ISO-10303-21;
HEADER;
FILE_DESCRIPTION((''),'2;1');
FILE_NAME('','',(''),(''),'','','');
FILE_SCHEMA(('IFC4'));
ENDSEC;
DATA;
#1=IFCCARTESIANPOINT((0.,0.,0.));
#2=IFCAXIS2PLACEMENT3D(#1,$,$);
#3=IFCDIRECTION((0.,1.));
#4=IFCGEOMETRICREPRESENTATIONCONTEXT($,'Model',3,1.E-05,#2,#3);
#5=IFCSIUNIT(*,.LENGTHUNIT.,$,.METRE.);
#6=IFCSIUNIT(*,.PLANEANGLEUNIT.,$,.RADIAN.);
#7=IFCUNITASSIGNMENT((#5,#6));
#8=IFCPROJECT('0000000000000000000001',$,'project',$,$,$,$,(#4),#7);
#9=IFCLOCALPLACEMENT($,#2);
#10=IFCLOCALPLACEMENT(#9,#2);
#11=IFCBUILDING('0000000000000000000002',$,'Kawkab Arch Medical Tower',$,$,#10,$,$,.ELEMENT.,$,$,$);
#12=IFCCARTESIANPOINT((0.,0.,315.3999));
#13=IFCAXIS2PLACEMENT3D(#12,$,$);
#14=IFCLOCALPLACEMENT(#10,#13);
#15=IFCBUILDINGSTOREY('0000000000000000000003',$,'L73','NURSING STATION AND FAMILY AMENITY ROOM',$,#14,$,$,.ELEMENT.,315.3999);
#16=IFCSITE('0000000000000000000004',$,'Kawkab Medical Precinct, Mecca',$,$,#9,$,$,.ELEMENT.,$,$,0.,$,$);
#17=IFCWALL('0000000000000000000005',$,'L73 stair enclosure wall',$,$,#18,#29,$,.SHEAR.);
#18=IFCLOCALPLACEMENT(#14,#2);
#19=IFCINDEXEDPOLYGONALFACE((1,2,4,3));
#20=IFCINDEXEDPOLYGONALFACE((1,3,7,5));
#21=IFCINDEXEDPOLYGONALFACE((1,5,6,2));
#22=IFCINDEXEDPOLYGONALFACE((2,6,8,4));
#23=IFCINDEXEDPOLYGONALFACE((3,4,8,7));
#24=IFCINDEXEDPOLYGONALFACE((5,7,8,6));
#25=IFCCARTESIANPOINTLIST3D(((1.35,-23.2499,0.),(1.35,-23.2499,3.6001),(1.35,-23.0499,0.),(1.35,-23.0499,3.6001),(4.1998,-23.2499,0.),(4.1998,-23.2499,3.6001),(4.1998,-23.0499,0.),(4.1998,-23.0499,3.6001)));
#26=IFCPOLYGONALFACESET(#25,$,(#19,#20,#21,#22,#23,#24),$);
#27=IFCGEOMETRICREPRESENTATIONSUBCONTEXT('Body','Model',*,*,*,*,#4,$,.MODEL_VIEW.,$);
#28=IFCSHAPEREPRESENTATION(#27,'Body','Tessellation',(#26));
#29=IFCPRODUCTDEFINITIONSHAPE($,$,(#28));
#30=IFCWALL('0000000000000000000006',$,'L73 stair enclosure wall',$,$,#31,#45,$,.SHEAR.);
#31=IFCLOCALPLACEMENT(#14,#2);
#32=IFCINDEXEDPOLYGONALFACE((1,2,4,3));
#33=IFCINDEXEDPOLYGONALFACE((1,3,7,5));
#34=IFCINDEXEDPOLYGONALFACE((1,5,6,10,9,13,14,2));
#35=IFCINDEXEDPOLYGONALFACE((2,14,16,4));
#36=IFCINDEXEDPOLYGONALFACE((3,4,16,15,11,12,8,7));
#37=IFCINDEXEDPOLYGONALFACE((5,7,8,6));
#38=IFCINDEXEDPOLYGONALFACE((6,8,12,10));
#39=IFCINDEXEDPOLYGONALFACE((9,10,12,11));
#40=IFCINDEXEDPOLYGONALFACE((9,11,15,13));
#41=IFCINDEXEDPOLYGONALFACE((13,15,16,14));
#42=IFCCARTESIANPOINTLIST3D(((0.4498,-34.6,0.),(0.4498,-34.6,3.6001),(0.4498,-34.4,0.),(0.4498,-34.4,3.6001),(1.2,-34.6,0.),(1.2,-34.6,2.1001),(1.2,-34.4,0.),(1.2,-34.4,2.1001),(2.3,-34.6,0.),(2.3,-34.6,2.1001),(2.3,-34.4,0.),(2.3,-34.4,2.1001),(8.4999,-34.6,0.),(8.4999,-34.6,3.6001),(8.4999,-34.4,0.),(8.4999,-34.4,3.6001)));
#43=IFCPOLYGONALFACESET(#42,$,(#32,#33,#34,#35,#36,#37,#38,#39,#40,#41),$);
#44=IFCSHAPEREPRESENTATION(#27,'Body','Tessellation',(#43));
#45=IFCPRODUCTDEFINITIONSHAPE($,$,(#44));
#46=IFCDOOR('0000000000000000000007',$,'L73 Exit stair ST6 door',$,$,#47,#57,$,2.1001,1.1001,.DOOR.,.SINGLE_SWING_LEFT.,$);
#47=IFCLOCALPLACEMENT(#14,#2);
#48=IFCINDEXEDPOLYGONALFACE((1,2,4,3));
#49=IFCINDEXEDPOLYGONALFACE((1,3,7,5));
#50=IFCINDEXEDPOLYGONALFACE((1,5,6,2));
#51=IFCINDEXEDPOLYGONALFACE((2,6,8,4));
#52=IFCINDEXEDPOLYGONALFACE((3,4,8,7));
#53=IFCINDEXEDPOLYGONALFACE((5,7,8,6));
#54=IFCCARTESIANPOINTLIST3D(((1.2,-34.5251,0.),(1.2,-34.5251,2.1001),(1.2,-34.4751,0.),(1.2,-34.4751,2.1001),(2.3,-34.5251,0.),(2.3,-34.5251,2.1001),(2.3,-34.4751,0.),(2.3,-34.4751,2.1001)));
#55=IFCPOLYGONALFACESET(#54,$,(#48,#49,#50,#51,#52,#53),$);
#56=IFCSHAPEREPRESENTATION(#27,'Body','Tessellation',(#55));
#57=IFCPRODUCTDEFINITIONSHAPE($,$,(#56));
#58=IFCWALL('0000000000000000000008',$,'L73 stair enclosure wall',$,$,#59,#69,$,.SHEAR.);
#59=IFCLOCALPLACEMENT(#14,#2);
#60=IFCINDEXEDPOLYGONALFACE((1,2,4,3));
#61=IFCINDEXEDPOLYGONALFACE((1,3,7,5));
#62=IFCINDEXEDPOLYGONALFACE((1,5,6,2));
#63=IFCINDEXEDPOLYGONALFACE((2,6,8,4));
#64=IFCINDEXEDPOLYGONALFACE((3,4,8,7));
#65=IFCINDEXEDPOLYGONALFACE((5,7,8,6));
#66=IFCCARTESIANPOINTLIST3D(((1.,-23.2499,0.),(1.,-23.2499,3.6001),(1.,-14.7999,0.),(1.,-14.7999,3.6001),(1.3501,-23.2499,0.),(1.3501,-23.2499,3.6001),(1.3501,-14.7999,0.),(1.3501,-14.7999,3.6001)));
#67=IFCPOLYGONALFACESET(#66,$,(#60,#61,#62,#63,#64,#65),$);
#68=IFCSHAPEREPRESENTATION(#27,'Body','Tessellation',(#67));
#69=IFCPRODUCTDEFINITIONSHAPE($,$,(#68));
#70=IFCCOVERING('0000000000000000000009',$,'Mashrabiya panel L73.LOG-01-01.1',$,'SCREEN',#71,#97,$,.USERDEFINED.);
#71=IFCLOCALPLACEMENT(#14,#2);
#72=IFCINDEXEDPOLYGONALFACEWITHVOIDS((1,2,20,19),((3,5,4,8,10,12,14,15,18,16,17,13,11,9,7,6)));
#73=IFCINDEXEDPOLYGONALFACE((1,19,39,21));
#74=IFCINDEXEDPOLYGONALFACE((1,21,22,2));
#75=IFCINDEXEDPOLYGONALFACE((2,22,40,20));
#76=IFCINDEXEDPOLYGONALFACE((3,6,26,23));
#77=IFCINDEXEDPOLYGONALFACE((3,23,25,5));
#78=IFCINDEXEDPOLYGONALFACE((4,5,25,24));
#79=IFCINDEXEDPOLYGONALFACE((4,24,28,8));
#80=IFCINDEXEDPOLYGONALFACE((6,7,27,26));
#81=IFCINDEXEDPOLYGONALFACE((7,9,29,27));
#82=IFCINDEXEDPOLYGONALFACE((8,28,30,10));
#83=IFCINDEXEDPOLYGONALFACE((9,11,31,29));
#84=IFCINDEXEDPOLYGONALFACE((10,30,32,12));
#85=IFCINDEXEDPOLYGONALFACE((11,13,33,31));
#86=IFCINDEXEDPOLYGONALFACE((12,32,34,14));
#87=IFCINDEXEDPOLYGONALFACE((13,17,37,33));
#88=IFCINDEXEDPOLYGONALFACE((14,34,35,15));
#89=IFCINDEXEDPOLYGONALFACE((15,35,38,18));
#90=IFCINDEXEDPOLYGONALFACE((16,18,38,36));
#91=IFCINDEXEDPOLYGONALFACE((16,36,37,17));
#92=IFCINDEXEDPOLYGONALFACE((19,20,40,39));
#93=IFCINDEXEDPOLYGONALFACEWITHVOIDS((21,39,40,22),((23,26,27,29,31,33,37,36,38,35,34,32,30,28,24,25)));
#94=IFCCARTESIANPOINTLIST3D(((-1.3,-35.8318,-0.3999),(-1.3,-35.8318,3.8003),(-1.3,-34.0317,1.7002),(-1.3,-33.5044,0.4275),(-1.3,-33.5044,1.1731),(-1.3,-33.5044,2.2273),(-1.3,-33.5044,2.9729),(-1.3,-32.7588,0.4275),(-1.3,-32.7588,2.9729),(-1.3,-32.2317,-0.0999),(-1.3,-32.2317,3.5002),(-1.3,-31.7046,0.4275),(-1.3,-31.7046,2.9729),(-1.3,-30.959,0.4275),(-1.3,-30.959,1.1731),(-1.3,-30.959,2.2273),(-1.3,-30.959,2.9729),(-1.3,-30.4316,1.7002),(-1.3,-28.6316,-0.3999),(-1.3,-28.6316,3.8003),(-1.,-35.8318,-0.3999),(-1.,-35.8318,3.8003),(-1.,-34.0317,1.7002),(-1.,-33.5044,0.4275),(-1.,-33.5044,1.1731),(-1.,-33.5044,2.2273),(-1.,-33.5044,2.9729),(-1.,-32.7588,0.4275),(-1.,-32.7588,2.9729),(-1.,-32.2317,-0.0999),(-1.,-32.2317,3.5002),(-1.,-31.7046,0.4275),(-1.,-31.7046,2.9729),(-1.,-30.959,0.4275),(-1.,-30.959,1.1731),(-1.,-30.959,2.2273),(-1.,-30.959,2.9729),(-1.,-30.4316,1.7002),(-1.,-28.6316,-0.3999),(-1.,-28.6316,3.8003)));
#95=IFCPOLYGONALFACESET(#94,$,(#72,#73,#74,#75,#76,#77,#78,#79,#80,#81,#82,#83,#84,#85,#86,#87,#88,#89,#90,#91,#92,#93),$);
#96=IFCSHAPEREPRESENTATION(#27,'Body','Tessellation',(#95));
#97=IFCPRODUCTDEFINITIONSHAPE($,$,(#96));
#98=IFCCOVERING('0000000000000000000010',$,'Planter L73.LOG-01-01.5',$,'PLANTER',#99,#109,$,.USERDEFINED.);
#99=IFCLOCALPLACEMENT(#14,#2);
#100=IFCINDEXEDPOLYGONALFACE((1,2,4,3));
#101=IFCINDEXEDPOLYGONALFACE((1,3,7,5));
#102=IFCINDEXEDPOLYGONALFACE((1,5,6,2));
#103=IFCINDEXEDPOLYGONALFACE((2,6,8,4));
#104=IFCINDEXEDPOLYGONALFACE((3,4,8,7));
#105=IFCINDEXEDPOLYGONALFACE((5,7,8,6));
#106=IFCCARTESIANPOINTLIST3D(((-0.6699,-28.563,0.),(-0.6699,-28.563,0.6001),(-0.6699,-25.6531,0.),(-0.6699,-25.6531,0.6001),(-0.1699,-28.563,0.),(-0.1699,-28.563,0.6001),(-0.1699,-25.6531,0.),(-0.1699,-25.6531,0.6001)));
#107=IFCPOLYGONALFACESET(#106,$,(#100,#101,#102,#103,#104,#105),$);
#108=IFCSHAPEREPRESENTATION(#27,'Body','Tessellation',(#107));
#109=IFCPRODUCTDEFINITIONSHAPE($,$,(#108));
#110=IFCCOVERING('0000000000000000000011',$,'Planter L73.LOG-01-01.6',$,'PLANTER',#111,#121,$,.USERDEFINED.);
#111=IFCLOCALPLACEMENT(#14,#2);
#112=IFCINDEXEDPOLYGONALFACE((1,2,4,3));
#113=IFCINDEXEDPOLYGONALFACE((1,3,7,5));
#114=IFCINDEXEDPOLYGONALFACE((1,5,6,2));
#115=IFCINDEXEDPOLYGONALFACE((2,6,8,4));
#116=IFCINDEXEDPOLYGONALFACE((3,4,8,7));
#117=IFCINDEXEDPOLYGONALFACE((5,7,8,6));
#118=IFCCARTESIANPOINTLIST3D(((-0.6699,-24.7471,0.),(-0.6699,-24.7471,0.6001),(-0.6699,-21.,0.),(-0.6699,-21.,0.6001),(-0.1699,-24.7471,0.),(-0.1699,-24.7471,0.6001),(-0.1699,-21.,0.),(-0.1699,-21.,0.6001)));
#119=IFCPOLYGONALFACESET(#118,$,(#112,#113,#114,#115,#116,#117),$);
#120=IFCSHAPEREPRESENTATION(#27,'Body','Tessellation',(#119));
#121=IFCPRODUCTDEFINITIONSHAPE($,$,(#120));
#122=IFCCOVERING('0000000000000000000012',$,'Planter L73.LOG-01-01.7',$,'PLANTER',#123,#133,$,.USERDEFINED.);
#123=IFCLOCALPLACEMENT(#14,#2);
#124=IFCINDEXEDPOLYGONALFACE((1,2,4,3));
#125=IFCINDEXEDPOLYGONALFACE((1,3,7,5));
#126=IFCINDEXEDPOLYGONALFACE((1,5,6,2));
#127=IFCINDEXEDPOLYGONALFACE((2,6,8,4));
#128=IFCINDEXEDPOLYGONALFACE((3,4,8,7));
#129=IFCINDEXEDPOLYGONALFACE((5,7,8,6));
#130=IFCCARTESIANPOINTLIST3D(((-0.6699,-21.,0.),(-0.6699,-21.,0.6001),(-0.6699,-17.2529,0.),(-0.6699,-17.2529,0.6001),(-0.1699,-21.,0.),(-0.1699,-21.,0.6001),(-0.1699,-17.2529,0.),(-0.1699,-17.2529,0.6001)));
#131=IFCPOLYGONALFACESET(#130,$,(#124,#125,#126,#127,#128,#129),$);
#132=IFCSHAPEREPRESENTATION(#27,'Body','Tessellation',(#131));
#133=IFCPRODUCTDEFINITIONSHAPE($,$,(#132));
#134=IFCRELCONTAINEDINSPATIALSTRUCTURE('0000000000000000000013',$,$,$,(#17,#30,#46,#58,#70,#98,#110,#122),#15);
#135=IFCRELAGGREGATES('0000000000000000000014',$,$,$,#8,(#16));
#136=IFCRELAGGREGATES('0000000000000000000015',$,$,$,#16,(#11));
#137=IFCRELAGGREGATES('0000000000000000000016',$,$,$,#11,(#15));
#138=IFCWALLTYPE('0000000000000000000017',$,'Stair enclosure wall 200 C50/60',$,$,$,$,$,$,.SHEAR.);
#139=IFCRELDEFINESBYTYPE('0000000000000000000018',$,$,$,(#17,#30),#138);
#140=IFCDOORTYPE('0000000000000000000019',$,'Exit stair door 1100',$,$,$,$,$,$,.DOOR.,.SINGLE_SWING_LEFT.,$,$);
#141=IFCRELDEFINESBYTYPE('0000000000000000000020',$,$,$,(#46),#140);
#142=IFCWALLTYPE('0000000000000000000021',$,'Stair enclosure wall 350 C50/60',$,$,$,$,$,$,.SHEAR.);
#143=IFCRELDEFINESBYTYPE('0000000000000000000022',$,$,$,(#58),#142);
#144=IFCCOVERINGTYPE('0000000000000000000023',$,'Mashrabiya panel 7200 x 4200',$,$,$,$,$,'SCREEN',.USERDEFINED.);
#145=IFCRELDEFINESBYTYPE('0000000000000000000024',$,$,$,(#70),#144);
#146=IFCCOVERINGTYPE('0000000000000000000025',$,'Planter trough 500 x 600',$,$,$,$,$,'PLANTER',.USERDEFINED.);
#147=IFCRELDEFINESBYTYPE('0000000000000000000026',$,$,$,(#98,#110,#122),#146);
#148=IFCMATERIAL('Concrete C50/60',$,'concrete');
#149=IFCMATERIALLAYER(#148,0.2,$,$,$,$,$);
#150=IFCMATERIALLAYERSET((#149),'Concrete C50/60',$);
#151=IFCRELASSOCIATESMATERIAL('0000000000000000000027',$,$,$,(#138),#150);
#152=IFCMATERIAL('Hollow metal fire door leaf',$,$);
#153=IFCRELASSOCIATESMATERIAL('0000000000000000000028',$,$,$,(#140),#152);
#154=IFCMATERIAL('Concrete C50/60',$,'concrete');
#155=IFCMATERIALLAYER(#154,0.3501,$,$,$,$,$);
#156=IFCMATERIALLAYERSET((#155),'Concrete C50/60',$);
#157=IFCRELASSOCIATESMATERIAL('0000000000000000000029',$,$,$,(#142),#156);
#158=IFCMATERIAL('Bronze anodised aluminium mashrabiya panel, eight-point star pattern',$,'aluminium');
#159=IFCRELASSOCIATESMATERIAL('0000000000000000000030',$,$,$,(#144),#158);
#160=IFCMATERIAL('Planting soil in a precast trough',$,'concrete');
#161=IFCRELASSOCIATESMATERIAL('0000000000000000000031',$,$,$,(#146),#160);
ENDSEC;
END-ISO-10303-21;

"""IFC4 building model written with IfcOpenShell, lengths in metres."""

from ifc_helpers import new_model, si_unit, direction, frame, frame_2d, origin, origin_2d, place, context, subcontext, project, spatial, polyline, rectangle, outline, extrude, material, layer, layer_set, material_profile, profile_set, type_object, element, fill, save


model = new_model("IFC4")

# Units and contexts
model_context = context("Model", 3, precision=1e-05, world=origin(), true_north=direction((0.0, 1.0)))
body_context = subcontext(model_context, "Body", "Model", "MODEL_VIEW")
ifc_project = project(units=[si_unit("LENGTHUNIT", "METRE"), si_unit("PLANEANGLEUNIT", "RADIAN")], contexts=[model_context])

# Site, building, storey
site_placement = place(None, origin())
site = spatial("IfcSite", under=ifc_project, at=site_placement, Name="Kawkab Medical Precinct, Mecca", CompositionType="ELEMENT", RefElevation=0.0)
building_placement = place(site_placement, origin())
building = spatial("IfcBuilding", under=site, at=building_placement, Name="Kawkab Arch Medical Tower", CompositionType="ELEMENT")
storey_placement = place(building_placement, frame((0.0, 0.0, 315.3999)))
storey = spatial("IfcBuildingStorey", under=building, at=storey_placement, Name="L73", Description="NURSING STATION AND FAMILY AMENITY ROOM", CompositionType="ELEMENT", Elevation=315.3999)

# Wall
ifc_material_1 = material(Name="Concrete C50/60", Category="concrete")
ifc_layer_1 = layer(ifc_material_1, 0.2)
ifc_layer_set_1 = layer_set([ifc_layer_1], Name="Concrete C50/60")
wall_type_1 = type_object("IfcWallType", Name="Stair enclosure wall 200 C50/60", PredefinedType="SHEAR", material=ifc_layer_set_1)
wall_1_placement = place(storey_placement, frame((1.3501, -23.1499, 0.0), z_axis=(0.0, 0.0, 1.0), x_axis=(1.0, 0.0, 0.0)))
element("IfcWall", 1, at=wall_1_placement, inside=storey, type_object=wall_type_1, Name="L73 stair enclosure wall", PredefinedType="SHEAR", context=body_context, shape_type="SweptSolid", body=[
    extrude(rectangle(XDim=2.8499, YDim=0.2, at=frame_2d((1.4248, 0.0))), origin(), (0.0, 0.0, 1.0), 3.6001),
])

# Wall, opening, door
wall_2_placement = place(storey_placement, frame((0.45, -34.5, 0.0), z_axis=(0.0, 0.0, 1.0), x_axis=(1.0, 0.0, 0.0)))
wall_2 = element("IfcWall", 2, at=wall_2_placement, inside=storey, type_object=wall_type_1, Name="L73 stair enclosure wall", PredefinedType="SHEAR", context=body_context, shape_type="SweptSolid", body=[
    extrude(rectangle(XDim=8.05, YDim=0.2, at=frame_2d((4.0249, 0.0))), origin(), (0.0, 0.0, 1.0), 3.6001),
])
opening_1_placement = place(wall_2_placement, frame((0.75, 0.0, 0.0)))
opening_1 = element("IfcOpeningElement", 3, at=opening_1_placement, cuts=wall_2, PredefinedType="OPENING", context=body_context, shape_type="SweptSolid", body=[
    extrude(rectangle(XDim=1.1001, YDim=2.1001, at=frame_2d((0.55, 1.05))), frame((0.0, 0.1099, 0.0), z_axis=(0.0, -1.0, 0.0), x_axis=(1.0, 0.0, 0.0)), (0.0, 0.0, 1.0), 0.22),
])
ifc_material_2 = material(Name="Hollow metal fire door leaf")
door_type_1 = type_object("IfcDoorType", Name="Exit stair door 1100", OperationType="SINGLE_SWING_LEFT", PredefinedType="DOOR", material=ifc_material_2)
door_1_placement = place(opening_1_placement, origin())
door_1 = element("IfcDoor", 4, at=door_1_placement, inside=storey, type_object=door_type_1, Name="L73 Exit stair ST6 door", OperationType="SINGLE_SWING_LEFT", OverallHeight=2.1001, OverallWidth=1.1001, PredefinedType="DOOR", context=body_context, shape_type="SweptSolid", body=[
    extrude(rectangle(XDim=1.1001, YDim=2.1001, at=frame_2d((0.55, 1.05))), frame((0.0, 0.0249, 0.0), z_axis=(0.0, -1.0, 0.0), x_axis=(1.0, 0.0, 0.0)), (0.0, 0.0, 1.0), 0.05),
])
fill(opening_1, door_1)

# Wall
ifc_material_3 = material(Name="Concrete C50/60", Category="concrete")
ifc_layer_2 = layer(ifc_material_3, 0.3501)
ifc_layer_set_2 = layer_set([ifc_layer_2], Name="Concrete C50/60")
wall_type_2 = type_object("IfcWallType", Name="Stair enclosure wall 350 C50/60", PredefinedType="SHEAR", material=ifc_layer_set_2)
wall_3_placement = place(storey_placement, frame((1.175, -23.25, 0.0), z_axis=(0.0, 0.0, 1.0), x_axis=(0.0, 1.0, 0.0)))
element("IfcWall", 5, at=wall_3_placement, inside=storey, type_object=wall_type_2, Name="L73 stair enclosure wall", PredefinedType="SHEAR", context=body_context, shape_type="SweptSolid", body=[
    extrude(rectangle(XDim=8.45, YDim=0.3501, at=frame_2d((4.2251, 0.0))), origin(), (0.0, 0.0, 1.0), 3.6001),
])

# Coverings
ifc_material_4 = material(Name="Bronze anodised aluminium mashrabiya panel, eight-point star pattern", Category="aluminium")
ifc_material_profile_1 = material_profile(ifc_material_4, outline(polyline([(-3.6001, -2.1001), (3.6001, -2.1001), (3.6001, 2.1001), (-3.6001, 2.1001), (-3.6001, -2.1001)]), holes=[polyline([(1.8, 0.0), (1.2727, 0.5271), (1.2727, 1.2727), (0.5271, 1.2727), (0.0, 1.8), (-0.5271, 1.2727), (-1.2727, 1.2727), (-1.2727, 0.5271), (-1.8, 0.0), (-1.2727, -0.5271), (-1.2727, -1.2727), (-0.5271, -1.2727), (0.0, -1.8), (0.5271, -1.2727), (1.2727, -1.2727), (1.2727, -0.5271), (1.8, 0.0)])]), Name="Mashrabiya panel 7200x4200")
ifc_profile_set_1 = profile_set([ifc_material_profile_1], Name="Bronze anodised aluminium mashrabiya panel, eight-point star pattern")
covering_type_1 = type_object("IfcCoveringType", Name="Mashrabiya panel 7200 x 4200", ElementType="SCREEN", PredefinedType="USERDEFINED", material=ifc_profile_set_1)
covering_1_placement = place(storey_placement, frame((-1.0, -32.2317, 1.7002), z_axis=(-1.0, 0.0, 0.0), x_axis=(0.0, -1.0, 0.0)))
element("IfcCovering", 6, at=covering_1_placement, inside=storey, type_object=covering_type_1, Name="Mashrabiya panel L73.LOG-01-01.1", ObjectType="SCREEN", PredefinedType="USERDEFINED", context=body_context, shape_type="SweptSolid", body=[
    extrude(outline(polyline([(-3.6001, -2.1001), (3.6001, -2.1001), (3.6001, 2.1001), (-3.6001, 2.1001), (-3.6001, -2.1001)]), holes=[polyline([(1.8, 0.0), (1.2727, 0.5271), (1.2727, 1.2727), (0.5271, 1.2727), (0.0, 1.8), (-0.5271, 1.2727), (-1.2727, 1.2727), (-1.2727, 0.5271), (-1.8, 0.0), (-1.2727, -0.5271), (-1.2727, -1.2727), (-0.5271, -1.2727), (0.0, -1.8), (0.5271, -1.2727), (1.2727, -1.2727), (1.2727, -0.5271), (1.8, 0.0)])]), origin(), (0.0, 0.0, 1.0), 0.3),
])
ifc_material_5 = material(Name="Planting soil in a precast trough", Category="concrete")
ifc_material_profile_2 = material_profile(ifc_material_5, rectangle(XDim=0.5, YDim=0.6001, at=origin_2d()), Name="Trough 500x600")
ifc_profile_set_2 = profile_set([ifc_material_profile_2], Name="Planting soil in a precast trough")
covering_type_2 = type_object("IfcCoveringType", Name="Planter trough 500 x 600", ElementType="PLANTER", PredefinedType="USERDEFINED", material=ifc_profile_set_2)
covering_2_placement = place(storey_placement, frame((-0.4199, -28.563, 0.3), z_axis=(0.0, 1.0, 0.0), x_axis=(-1.0, 0.0, 0.0)))
element("IfcCovering", 7, at=covering_2_placement, inside=storey, type_object=covering_type_2, Name="Planter L73.LOG-01-01.5", ObjectType="PLANTER", PredefinedType="USERDEFINED", context=body_context, shape_type="SweptSolid", body=[
    extrude(rectangle(XDim=0.5, YDim=0.6001, at=origin_2d()), origin(), (0.0, 0.0, 1.0), 2.9099),
])
for number, where, z_axis, x_axis, name in (
    (8, (-0.4199, -24.7471, 0.3), (0.0, 1.0, 0.0), (-1.0, 0.0, 0.0), "Planter L73.LOG-01-01.6"),
    (9, (-0.4199, -21.0, 0.3), (0.0, 1.0, 0.0), (-1.0, 0.0, 0.0), "Planter L73.LOG-01-01.7"),
):
    element("IfcCovering", number, at=place(storey_placement, frame(where, z_axis=z_axis, x_axis=x_axis)), inside=storey, type_object=covering_type_2, Name=name, ObjectType="PLANTER", PredefinedType="USERDEFINED", context=body_context, shape_type="SweptSolid", body=[
        extrude(rectangle(XDim=0.5, YDim=0.6001, at=origin_2d()), origin(), (0.0, 0.0, 1.0), 3.7471),
    ])

save(model, "model.ifc")
